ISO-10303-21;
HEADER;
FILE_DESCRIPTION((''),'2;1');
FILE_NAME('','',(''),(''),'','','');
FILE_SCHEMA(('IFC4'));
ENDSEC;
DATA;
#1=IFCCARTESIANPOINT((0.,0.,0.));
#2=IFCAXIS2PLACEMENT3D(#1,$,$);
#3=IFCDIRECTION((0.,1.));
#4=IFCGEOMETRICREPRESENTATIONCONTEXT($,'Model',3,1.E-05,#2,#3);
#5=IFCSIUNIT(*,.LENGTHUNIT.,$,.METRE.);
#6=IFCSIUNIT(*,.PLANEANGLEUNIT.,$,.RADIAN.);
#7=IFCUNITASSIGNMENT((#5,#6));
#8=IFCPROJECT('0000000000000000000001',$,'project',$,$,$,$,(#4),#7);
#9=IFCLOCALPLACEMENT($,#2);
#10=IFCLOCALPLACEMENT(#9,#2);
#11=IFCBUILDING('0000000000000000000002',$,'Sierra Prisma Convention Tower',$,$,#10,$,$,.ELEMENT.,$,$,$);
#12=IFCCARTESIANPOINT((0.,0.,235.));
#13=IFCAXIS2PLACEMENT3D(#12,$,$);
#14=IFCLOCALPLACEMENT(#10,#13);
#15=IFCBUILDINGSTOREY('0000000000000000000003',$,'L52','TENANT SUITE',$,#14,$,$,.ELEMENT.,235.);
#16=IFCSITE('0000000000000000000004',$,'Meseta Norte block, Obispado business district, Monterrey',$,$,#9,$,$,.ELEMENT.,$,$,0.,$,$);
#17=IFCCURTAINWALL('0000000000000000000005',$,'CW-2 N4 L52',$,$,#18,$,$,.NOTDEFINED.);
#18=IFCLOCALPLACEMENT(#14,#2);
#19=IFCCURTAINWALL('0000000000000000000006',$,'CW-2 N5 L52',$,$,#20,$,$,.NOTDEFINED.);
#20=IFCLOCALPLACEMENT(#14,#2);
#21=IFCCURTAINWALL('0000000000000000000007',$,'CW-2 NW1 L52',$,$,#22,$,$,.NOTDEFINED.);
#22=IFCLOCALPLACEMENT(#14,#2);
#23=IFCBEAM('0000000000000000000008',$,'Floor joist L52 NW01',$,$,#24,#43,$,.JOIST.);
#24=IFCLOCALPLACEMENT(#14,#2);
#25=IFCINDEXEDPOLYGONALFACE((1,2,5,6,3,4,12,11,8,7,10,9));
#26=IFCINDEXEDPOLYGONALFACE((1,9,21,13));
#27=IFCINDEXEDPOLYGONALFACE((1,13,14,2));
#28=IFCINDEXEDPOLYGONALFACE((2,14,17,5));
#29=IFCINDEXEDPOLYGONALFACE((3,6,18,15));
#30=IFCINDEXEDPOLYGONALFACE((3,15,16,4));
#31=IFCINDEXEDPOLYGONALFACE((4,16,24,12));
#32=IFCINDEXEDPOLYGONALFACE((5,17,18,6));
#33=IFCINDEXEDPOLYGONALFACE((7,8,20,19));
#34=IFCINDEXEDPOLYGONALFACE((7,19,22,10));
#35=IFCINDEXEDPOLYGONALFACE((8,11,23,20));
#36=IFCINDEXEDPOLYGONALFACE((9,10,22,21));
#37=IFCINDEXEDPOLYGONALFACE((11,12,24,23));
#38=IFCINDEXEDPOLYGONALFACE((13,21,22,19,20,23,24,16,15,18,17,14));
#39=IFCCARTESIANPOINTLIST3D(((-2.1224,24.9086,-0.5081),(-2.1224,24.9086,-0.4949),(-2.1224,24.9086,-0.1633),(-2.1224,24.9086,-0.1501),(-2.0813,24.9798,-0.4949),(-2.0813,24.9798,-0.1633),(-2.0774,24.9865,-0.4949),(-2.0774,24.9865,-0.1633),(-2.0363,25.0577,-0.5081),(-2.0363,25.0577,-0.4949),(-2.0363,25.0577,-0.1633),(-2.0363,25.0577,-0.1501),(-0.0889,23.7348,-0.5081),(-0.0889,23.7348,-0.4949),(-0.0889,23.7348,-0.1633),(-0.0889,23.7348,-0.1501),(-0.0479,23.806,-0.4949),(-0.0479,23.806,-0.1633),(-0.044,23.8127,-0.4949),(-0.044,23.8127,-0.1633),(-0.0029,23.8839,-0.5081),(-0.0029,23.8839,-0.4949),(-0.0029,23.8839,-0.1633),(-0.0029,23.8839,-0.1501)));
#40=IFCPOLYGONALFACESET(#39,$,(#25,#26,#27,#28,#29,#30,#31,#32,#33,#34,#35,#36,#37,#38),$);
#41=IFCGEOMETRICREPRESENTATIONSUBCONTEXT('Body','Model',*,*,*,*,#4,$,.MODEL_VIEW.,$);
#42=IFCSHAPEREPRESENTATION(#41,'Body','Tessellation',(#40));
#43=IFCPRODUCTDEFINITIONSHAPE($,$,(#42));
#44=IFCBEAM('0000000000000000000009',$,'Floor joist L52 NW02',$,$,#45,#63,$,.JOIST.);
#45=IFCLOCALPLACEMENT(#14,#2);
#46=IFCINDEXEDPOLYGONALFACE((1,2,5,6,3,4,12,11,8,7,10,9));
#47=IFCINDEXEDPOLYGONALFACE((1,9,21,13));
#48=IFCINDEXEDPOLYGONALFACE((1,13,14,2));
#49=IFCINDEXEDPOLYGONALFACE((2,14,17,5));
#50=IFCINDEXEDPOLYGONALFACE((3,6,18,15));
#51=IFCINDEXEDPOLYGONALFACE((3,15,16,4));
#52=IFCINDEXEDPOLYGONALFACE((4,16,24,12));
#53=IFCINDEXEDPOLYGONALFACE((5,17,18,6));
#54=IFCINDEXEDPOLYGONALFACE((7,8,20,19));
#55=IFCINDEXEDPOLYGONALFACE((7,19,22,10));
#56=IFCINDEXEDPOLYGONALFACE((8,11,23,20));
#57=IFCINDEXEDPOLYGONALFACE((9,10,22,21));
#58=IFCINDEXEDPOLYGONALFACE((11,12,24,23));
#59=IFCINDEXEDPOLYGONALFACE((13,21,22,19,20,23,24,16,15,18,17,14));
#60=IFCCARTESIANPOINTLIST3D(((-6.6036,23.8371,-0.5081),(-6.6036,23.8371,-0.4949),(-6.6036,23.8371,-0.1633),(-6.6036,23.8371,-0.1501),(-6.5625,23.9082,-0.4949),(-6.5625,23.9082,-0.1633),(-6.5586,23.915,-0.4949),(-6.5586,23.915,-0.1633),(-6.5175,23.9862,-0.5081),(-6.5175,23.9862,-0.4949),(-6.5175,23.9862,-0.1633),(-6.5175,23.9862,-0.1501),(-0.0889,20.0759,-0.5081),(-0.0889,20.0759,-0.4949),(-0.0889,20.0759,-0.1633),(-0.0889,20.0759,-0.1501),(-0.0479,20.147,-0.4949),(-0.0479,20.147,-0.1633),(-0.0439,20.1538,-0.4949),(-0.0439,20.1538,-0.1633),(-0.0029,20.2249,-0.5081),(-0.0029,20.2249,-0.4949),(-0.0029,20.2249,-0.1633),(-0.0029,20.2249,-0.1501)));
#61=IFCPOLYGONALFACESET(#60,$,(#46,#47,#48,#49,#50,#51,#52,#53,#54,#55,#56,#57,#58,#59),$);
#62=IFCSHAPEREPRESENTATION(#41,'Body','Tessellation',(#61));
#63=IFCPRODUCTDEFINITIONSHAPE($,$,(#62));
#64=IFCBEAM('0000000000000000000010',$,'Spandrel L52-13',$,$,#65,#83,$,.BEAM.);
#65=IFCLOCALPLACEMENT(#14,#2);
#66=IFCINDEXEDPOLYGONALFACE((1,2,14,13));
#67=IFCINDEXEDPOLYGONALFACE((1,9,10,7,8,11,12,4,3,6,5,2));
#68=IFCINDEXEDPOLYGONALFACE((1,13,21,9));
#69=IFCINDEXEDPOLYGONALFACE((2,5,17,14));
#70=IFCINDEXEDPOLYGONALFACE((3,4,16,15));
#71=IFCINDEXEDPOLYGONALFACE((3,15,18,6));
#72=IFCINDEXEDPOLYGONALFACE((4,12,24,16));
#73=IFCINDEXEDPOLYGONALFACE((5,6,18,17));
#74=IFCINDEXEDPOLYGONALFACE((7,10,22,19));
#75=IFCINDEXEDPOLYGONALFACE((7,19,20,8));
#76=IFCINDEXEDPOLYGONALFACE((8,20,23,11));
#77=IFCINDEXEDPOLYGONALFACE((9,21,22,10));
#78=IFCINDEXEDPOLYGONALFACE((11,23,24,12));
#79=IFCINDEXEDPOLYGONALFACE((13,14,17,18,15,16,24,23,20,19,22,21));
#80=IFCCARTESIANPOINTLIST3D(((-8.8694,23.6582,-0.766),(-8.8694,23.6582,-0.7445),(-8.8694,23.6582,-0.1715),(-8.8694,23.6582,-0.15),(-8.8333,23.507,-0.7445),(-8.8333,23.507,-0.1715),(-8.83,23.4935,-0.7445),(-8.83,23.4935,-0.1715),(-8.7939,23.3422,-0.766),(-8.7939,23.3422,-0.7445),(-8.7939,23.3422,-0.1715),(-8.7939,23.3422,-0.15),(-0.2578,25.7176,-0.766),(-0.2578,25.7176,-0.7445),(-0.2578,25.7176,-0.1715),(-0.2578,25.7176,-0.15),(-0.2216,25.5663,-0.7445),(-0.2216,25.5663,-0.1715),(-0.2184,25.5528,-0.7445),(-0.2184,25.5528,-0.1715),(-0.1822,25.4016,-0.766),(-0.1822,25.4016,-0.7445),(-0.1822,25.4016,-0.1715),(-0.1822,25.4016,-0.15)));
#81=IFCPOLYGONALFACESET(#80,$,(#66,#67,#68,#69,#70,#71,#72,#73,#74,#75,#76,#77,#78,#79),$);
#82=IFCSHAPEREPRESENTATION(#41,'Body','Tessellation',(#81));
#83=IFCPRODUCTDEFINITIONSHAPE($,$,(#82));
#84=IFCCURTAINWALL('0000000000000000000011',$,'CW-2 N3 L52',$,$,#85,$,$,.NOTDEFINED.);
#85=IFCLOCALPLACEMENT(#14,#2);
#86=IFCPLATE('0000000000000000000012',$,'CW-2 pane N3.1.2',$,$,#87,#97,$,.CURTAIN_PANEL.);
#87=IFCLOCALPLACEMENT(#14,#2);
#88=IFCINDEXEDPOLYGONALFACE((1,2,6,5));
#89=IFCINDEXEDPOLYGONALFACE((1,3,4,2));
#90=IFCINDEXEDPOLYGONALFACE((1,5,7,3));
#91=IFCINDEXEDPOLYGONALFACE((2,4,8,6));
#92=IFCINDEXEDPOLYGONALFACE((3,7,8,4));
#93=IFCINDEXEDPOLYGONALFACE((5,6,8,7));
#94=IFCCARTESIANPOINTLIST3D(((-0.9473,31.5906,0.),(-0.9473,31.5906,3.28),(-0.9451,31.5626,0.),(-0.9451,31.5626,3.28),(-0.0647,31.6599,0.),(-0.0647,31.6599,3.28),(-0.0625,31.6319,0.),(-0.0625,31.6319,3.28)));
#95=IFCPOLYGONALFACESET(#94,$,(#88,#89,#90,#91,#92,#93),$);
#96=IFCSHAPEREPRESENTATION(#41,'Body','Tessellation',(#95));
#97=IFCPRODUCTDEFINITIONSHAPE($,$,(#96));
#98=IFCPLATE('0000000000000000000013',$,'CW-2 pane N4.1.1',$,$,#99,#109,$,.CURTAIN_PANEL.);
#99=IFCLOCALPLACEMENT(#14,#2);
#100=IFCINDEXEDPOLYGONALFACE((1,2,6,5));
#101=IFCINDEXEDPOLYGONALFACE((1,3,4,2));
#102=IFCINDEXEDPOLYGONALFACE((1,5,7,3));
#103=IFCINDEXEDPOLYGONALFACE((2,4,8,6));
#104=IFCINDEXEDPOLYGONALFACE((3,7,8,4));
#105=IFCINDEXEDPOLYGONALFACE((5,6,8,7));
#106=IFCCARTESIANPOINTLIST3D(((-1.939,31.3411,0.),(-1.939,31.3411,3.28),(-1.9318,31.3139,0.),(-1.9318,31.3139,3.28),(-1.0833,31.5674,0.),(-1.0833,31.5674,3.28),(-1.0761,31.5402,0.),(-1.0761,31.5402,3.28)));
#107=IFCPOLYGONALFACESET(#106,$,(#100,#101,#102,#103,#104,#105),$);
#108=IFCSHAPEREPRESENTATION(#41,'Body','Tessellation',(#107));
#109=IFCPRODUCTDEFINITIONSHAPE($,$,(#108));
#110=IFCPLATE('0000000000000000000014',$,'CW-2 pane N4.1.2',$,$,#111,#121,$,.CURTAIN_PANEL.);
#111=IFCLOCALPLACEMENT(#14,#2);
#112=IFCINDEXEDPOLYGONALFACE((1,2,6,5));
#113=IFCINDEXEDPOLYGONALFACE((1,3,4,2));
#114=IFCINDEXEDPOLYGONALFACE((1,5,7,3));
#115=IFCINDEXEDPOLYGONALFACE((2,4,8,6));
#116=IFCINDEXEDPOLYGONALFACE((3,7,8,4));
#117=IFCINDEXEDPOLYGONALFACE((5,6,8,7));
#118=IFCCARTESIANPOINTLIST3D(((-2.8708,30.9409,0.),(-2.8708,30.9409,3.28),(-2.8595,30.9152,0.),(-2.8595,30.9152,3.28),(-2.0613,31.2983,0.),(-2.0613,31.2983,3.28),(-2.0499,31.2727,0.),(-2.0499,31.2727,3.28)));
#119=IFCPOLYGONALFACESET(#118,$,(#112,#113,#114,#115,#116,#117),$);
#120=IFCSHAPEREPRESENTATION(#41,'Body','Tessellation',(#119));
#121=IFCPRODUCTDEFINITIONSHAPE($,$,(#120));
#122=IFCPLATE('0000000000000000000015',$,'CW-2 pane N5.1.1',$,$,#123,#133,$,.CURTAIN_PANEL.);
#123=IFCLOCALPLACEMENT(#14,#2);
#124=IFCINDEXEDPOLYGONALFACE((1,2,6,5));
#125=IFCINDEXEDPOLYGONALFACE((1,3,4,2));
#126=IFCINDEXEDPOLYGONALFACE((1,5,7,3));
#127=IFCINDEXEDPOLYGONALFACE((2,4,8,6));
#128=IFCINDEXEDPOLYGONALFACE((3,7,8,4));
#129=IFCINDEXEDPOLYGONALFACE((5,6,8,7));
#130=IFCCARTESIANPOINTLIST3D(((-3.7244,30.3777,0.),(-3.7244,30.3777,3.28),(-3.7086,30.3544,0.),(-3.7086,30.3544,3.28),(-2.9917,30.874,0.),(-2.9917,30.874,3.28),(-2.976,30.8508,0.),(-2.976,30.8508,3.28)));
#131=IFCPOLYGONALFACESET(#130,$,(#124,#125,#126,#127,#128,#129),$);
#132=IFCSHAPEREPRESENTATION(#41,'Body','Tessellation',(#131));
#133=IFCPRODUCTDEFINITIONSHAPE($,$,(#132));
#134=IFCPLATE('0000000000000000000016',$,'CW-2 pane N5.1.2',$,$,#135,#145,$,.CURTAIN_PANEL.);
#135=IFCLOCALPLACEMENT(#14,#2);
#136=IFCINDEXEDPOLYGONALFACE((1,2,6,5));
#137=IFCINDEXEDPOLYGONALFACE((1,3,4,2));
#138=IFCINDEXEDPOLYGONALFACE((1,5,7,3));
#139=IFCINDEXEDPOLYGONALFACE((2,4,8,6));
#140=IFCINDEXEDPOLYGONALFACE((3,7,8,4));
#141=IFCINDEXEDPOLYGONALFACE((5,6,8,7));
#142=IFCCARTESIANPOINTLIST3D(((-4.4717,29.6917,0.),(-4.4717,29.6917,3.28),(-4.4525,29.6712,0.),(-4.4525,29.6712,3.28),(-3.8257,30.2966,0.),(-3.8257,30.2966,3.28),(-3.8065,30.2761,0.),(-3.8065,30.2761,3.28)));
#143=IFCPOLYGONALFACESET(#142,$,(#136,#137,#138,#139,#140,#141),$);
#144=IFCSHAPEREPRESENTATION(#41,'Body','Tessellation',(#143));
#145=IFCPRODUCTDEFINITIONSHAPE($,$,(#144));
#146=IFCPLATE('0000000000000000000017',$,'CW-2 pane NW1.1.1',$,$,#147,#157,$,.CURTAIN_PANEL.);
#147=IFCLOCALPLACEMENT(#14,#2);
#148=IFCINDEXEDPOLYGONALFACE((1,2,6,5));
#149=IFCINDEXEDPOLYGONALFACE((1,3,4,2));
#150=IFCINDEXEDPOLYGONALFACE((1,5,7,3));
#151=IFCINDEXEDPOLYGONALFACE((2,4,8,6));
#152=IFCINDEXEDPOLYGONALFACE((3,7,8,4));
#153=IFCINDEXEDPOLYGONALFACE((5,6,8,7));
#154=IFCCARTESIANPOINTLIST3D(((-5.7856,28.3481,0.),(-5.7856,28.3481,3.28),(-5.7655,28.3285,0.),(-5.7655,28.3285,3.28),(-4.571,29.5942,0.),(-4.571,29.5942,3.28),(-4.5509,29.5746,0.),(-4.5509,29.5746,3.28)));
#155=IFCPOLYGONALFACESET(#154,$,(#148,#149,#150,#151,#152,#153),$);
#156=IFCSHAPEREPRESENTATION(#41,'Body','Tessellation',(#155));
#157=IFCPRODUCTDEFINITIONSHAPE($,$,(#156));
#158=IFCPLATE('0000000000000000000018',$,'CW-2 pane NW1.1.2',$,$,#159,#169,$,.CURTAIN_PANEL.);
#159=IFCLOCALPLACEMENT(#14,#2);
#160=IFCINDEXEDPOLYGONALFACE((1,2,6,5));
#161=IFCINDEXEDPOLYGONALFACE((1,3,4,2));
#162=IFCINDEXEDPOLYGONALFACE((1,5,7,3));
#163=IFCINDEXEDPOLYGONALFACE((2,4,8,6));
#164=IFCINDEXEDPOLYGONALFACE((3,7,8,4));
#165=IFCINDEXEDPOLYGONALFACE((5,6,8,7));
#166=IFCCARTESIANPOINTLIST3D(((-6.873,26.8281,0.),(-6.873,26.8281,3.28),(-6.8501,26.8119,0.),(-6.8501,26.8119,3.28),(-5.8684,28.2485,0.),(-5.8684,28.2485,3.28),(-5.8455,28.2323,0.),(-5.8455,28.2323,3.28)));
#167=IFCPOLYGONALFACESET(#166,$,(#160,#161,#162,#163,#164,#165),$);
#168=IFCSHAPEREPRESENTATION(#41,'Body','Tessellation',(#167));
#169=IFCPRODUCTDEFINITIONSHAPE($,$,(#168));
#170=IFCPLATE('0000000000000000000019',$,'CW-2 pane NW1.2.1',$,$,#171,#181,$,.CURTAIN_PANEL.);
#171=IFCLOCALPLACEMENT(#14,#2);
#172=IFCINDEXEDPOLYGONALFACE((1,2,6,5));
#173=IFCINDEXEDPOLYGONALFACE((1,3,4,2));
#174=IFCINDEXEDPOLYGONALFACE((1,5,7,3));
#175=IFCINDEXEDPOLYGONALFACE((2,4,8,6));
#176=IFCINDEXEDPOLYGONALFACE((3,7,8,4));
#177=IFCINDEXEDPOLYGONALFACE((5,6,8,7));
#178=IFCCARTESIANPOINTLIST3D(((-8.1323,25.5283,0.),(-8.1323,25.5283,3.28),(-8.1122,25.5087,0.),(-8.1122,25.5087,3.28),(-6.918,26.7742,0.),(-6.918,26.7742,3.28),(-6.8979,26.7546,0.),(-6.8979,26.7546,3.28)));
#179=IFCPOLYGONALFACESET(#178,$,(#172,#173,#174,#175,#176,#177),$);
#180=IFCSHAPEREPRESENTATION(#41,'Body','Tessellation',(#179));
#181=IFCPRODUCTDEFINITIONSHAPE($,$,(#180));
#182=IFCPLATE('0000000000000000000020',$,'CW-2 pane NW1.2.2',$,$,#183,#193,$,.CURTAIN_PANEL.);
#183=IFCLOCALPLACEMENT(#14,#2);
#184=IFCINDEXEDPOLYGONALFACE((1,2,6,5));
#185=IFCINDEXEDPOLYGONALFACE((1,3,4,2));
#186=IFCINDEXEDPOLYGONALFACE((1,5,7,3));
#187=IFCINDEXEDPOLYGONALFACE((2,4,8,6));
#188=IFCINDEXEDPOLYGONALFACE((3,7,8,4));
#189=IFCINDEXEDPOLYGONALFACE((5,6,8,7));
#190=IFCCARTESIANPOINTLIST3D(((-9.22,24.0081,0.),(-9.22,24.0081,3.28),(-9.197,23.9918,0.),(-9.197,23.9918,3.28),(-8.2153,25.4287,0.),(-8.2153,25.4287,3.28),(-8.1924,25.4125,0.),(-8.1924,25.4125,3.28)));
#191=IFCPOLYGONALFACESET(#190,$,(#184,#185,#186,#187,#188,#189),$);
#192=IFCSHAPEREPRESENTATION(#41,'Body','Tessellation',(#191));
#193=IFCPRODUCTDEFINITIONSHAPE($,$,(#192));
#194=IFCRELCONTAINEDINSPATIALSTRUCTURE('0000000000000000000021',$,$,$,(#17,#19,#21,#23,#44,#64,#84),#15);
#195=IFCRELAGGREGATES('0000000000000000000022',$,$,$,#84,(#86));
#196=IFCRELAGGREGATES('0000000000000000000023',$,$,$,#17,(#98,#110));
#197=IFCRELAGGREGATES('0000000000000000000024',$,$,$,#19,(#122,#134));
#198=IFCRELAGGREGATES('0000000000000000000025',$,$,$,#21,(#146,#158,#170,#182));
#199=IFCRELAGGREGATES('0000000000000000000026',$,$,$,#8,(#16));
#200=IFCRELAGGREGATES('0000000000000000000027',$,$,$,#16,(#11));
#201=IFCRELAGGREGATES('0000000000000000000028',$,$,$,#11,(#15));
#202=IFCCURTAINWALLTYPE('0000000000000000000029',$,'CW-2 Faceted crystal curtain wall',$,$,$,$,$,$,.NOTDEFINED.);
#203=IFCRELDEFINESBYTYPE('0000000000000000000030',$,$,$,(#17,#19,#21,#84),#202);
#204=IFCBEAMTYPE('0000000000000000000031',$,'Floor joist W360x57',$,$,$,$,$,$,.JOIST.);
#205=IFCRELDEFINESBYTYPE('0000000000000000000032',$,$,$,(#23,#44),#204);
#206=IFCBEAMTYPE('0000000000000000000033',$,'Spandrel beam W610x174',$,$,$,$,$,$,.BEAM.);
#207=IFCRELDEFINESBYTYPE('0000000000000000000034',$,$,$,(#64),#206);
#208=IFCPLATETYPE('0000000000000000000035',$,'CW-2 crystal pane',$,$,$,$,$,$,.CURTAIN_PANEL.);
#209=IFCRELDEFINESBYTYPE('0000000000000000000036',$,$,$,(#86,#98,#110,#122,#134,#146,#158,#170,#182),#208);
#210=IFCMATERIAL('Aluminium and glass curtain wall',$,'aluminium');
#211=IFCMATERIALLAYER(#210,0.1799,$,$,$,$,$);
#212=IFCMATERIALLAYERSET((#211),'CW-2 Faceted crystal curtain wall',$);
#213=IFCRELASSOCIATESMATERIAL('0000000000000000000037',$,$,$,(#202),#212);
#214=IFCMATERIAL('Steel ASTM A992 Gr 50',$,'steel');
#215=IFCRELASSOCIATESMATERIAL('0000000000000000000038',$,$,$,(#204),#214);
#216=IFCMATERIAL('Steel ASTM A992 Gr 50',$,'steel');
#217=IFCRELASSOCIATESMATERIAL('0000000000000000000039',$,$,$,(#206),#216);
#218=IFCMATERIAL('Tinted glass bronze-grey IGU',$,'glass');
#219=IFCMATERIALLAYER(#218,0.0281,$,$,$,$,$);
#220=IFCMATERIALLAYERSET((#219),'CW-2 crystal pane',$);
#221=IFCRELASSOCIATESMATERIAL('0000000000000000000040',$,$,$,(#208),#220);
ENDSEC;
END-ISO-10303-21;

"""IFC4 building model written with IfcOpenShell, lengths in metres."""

from ifc_helpers import new_model, si_unit, direction, frame, origin, origin_2d, place, context, subcontext, project, spatial, polyline, i_section, outline, extrude, material, layer, layer_set, material_profile, profile_set, type_object, element, aggregate, save


model = new_model("IFC4")

# Units and contexts
model_context = context("Model", 3, precision=1e-05, world=origin(), true_north=direction((0.0, 1.0)))
body_context = subcontext(model_context, "Body", "Model", "MODEL_VIEW")
ifc_project = project(units=[si_unit("LENGTHUNIT", "METRE"), si_unit("PLANEANGLEUNIT", "RADIAN")], contexts=[model_context])

# Site, building, storey
site_placement = place(None, origin())
site = spatial("IfcSite", under=ifc_project, at=site_placement, Name="Meseta Norte block, Obispado business district, Monterrey", CompositionType="ELEMENT", RefElevation=0.0)
building_placement = place(site_placement, origin())
building = spatial("IfcBuilding", under=site, at=building_placement, Name="Sierra Prisma Convention Tower", CompositionType="ELEMENT")
storey_placement = place(building_placement, frame((0.0, 0.0, 235.0)))
storey = spatial("IfcBuildingStorey", under=building, at=storey_placement, Name="L52", Description="TENANT SUITE", CompositionType="ELEMENT", Elevation=235.0)

# Curtain walls
ifc_material_1 = material(Name="Aluminium and glass curtain wall", Category="aluminium")
ifc_layer_1 = layer(ifc_material_1, 0.1799)
ifc_layer_set_1 = layer_set([ifc_layer_1], Name="CW-2 Faceted crystal curtain wall")
curtain_wall_type = type_object("IfcCurtainWallType", Name="CW-2 Faceted crystal curtain wall", PredefinedType="NOTDEFINED", material=ifc_layer_set_1)
curtain_wall_1_placement = place(storey_placement, origin())
curtain_wall_1 = element("IfcCurtainWall", 1, at=curtain_wall_1_placement, inside=storey, type_object=curtain_wall_type, Name="CW-2 N4 L52", PredefinedType="NOTDEFINED")
curtain_wall_2_placement = place(storey_placement, origin())
curtain_wall_2 = element("IfcCurtainWall", 2, at=curtain_wall_2_placement, inside=storey, type_object=curtain_wall_type, Name="CW-2 N5 L52", PredefinedType="NOTDEFINED")

# Curtain wall
curtain_wall_3_placement = place(storey_placement, origin())
curtain_wall_3 = element("IfcCurtainWall", 3, at=curtain_wall_3_placement, inside=storey, type_object=curtain_wall_type, Name="CW-2 NW1 L52", PredefinedType="NOTDEFINED")

# Beams
ifc_material_2 = material(Name="Steel ASTM A992 Gr 50", Category="steel")
ifc_material_profile_1 = material_profile(ifc_material_2, i_section(OverallWidth=0.1721, OverallDepth=0.3579, WebThickness=0.0078, FlangeThickness=0.0132, at=origin_2d()), Name="W360x57")
ifc_profile_set_1 = profile_set([ifc_material_profile_1], Name="Steel ASTM A992 Gr 50")
beam_type_1 = type_object("IfcBeamType", Name="Floor joist W360x57", PredefinedType="JOIST", material=ifc_profile_set_1)
beam_1_placement = place(storey_placement, frame((-2.0793, 24.9832, -0.3291), z_axis=(0.866059, -0.499941, 0.0), x_axis=(0.499941, 0.866059, 0.0)))
element("IfcBeam", 4, at=beam_1_placement, inside=storey, type_object=beam_type_1, Name="Floor joist L52 NW01", PredefinedType="JOIST", context=body_context, shape_type="SweptSolid", body=[
    extrude(i_section(OverallWidth=0.1721, OverallDepth=0.3579, WebThickness=0.0078, FlangeThickness=0.0132, at=origin_2d()), origin(), (0.0, 0.0, 1.0), 2.3479),
])
beam_2_placement = place(storey_placement, frame((-6.5605, 23.9116, -0.3291), z_axis=(0.866026, -0.5, 0.0), x_axis=(0.5, 0.866026, 0.0)))
element("IfcBeam", 5, at=beam_2_placement, inside=storey, type_object=beam_type_1, Name="Floor joist L52 NW02", PredefinedType="JOIST", context=body_context, shape_type="SweptSolid", body=[
    extrude(i_section(OverallWidth=0.1721, OverallDepth=0.3579, WebThickness=0.0078, FlangeThickness=0.0132, at=origin_2d()), origin(), (0.0, 0.0, 1.0), 7.5225),
])
ifc_material_3 = material(Name="Steel ASTM A992 Gr 50", Category="steel")
ifc_material_profile_2 = material_profile(ifc_material_3, i_section(OverallWidth=0.325, OverallDepth=0.616, WebThickness=0.0139, FlangeThickness=0.0215, at=origin_2d()), Name="W610x174")
ifc_profile_set_2 = profile_set([ifc_material_profile_2], Name="Steel ASTM A992 Gr 50")
beam_type_2 = type_object("IfcBeamType", Name="Spandrel beam W610x174", PredefinedType="BEAM", material=ifc_profile_set_2)
beam_3_placement = place(storey_placement, frame((-0.22, 25.5596, -0.458), z_axis=(-0.972578, -0.232577, 0.0), x_axis=(0.232577, -0.972578, 0.0)))
element("IfcBeam", 6, at=beam_3_placement, inside=storey, type_object=beam_type_2, Name="Spandrel L52-13", PredefinedType="BEAM", context=body_context, shape_type="SweptSolid", body=[
    extrude(i_section(OverallWidth=0.325, OverallDepth=0.616, WebThickness=0.0139, FlangeThickness=0.0215, at=origin_2d()), origin(), (0.0, 0.0, 1.0), 8.8545),
])

# Curtain wall, plate
curtain_wall_4_placement = place(storey_placement, origin())
curtain_wall_4 = element("IfcCurtainWall", 7, at=curtain_wall_4_placement, inside=storey, type_object=curtain_wall_type, Name="CW-2 N3 L52", PredefinedType="NOTDEFINED")
ifc_material_4 = material(Name="Tinted glass bronze-grey IGU", Category="glass")
ifc_layer_2 = layer(ifc_material_4, 0.0281)
ifc_layer_set_2 = layer_set([ifc_layer_2], Name="CW-2 crystal pane")
plate_type = type_object("IfcPlateType", Name="CW-2 crystal pane", PredefinedType="CURTAIN_PANEL", material=ifc_layer_set_2)
plate_1_placement = place(storey_placement, frame((-0.9473, 31.5906, 0.0), z_axis=(-0.07832, 0.996928, 0.0), x_axis=(0.996928, 0.07832, 0.0)))
plate_1 = element("IfcPlate", 8, at=plate_1_placement, type_object=plate_type, Name="CW-2 pane N3.1.2", PredefinedType="CURTAIN_PANEL", context=body_context, shape_type="SweptSolid", body=[
    extrude(outline(polyline([(0.0, 0.0), (0.8853, 0.0), (0.8853, -3.28), (0.0, -3.28), (0.0, 0.0)])), origin(), (0.0, 0.0, -1.0), 0.0281),
])
aggregate(curtain_wall_4, [plate_1])

# Plates
plate_2_placement = place(storey_placement, frame((-1.0833, 31.5674, 0.0), z_axis=(-0.255688, 0.966759, 0.0), x_axis=(-0.966759, -0.255688, 0.0)))
plate_2 = element("IfcPlate", 9, at=plate_2_placement, type_object=plate_type, Name="CW-2 pane N4.1.1", PredefinedType="CURTAIN_PANEL", context=body_context, shape_type="SweptSolid", body=[
    extrude(outline(polyline([(0.0, 0.0), (0.8851, 0.0), (0.8851, 3.28), (0.0, 3.28), (0.0, 0.0)])), origin(), (0.0, 0.0, -1.0), 0.0281),
])
plate_3_placement = place(storey_placement, frame((-2.8708, 30.9409, 0.0), z_axis=(-0.403885, 0.91481, 0.0), x_axis=(0.91481, 0.403885, 0.0)))
plate_3 = element("IfcPlate", 10, at=plate_3_placement, type_object=plate_type, Name="CW-2 pane N4.1.2", PredefinedType="CURTAIN_PANEL", context=body_context, shape_type="SweptSolid", body=[
    extrude(outline(polyline([(0.0, 0.0), (0.885, 0.0), (0.885, -3.28), (0.0, -3.28), (0.0, 0.0)])), origin(), (0.0, 0.0, -1.0), 0.0281),
])
aggregate(curtain_wall_1, [plate_2, plate_3])
plate_4_placement = place(storey_placement, frame((-2.9917, 30.874, 0.0), z_axis=(-0.56086, 0.82791, 0.0), x_axis=(-0.82791, -0.56086, 0.0)))
plate_4 = element("IfcPlate", 11, at=plate_4_placement, type_object=plate_type, Name="CW-2 pane N5.1.1", PredefinedType="CURTAIN_PANEL", context=body_context, shape_type="SweptSolid", body=[
    extrude(outline(polyline([(0.0, 0.0), (0.885, 0.0), (0.885, 3.28), (0.0, 3.28), (0.0, 0.0)])), origin(), (0.0, 0.0, -1.0), 0.0281),
])
plate_5_placement = place(storey_placement, frame((-4.4717, 29.6917, 0.0), z_axis=(-0.683556, 0.729898, 0.0), x_axis=(0.729898, 0.683556, 0.0)))
plate_5 = element("IfcPlate", 12, at=plate_5_placement, type_object=plate_type, Name="CW-2 pane N5.1.2", PredefinedType="CURTAIN_PANEL", context=body_context, shape_type="SweptSolid", body=[
    extrude(outline(polyline([(0.0, 0.0), (0.885, 0.0), (0.885, -3.28), (0.0, -3.28), (0.0, 0.0)])), origin(), (0.0, 0.0, -1.0), 0.0281),
])
aggregate(curtain_wall_2, [plate_4, plate_5])
plate_6_placement = place(storey_placement, frame((-4.571, 29.5942, 0.0), z_axis=(-0.716098, 0.697999, 0.0), x_axis=(-0.697999, -0.716098, 0.0)))
plate_6 = element("IfcPlate", 13, at=plate_6_placement, type_object=plate_type, Name="CW-2 pane NW1.1.1", PredefinedType="CURTAIN_PANEL", context=body_context, shape_type="SweptSolid", body=[
    extrude(outline(polyline([(0.0, 0.0), (1.7401, 0.0), (1.7401, 3.28), (0.0, 3.28), (0.0, 0.0)])), origin(), (0.0, 0.0, -1.0), 0.0281),
])
plate_7_placement = place(storey_placement, frame((-6.873, 26.8281, 0.0), z_axis=(-0.816427, 0.577449, 0.0), x_axis=(0.577449, 0.816427, 0.0)))
plate_7 = element("IfcPlate", 14, at=plate_7_placement, type_object=plate_type, Name="CW-2 pane NW1.1.2", PredefinedType="CURTAIN_PANEL", context=body_context, shape_type="SweptSolid", body=[
    extrude(outline(polyline([(0.0, 0.0), (1.7398, 0.0), (1.7398, -3.28), (0.0, -3.28), (0.0, 0.0)])), origin(), (0.0, 0.0, -1.0), 0.0281),
])
plate_8_placement = place(storey_placement, frame((-6.918, 26.7742, 0.0), z_axis=(-0.7161, 0.697998, 0.0), x_axis=(-0.697998, -0.7161, 0.0)))
plate_8 = element("IfcPlate", 15, at=plate_8_placement, type_object=plate_type, Name="CW-2 pane NW1.2.1", PredefinedType="CURTAIN_PANEL", context=body_context, shape_type="SweptSolid", body=[
    extrude(outline(polyline([(0.0, 0.0), (1.7398, 0.0), (1.7398, 3.28), (0.0, 3.28), (0.0, 0.0)])), origin(), (0.0, 0.0, -1.0), 0.0281),
])
plate_9_placement = place(storey_placement, frame((-9.22, 24.0081, 0.0), z_axis=(-0.816474, 0.577383, 0.0), x_axis=(0.577383, 0.816474, 0.0)))
plate_9 = element("IfcPlate", 16, at=plate_9_placement, type_object=plate_type, Name="CW-2 pane NW1.2.2", PredefinedType="CURTAIN_PANEL", context=body_context, shape_type="SweptSolid", body=[
    extrude(outline(polyline([(0.0, 0.0), (1.74, 0.0), (1.74, -3.28), (0.0, -3.28), (0.0, 0.0)])), origin(), (0.0, 0.0, -1.0), 0.0281),
])
aggregate(curtain_wall_3, [plate_6, plate_7, plate_8, plate_9])

save(model, "model.ifc")
